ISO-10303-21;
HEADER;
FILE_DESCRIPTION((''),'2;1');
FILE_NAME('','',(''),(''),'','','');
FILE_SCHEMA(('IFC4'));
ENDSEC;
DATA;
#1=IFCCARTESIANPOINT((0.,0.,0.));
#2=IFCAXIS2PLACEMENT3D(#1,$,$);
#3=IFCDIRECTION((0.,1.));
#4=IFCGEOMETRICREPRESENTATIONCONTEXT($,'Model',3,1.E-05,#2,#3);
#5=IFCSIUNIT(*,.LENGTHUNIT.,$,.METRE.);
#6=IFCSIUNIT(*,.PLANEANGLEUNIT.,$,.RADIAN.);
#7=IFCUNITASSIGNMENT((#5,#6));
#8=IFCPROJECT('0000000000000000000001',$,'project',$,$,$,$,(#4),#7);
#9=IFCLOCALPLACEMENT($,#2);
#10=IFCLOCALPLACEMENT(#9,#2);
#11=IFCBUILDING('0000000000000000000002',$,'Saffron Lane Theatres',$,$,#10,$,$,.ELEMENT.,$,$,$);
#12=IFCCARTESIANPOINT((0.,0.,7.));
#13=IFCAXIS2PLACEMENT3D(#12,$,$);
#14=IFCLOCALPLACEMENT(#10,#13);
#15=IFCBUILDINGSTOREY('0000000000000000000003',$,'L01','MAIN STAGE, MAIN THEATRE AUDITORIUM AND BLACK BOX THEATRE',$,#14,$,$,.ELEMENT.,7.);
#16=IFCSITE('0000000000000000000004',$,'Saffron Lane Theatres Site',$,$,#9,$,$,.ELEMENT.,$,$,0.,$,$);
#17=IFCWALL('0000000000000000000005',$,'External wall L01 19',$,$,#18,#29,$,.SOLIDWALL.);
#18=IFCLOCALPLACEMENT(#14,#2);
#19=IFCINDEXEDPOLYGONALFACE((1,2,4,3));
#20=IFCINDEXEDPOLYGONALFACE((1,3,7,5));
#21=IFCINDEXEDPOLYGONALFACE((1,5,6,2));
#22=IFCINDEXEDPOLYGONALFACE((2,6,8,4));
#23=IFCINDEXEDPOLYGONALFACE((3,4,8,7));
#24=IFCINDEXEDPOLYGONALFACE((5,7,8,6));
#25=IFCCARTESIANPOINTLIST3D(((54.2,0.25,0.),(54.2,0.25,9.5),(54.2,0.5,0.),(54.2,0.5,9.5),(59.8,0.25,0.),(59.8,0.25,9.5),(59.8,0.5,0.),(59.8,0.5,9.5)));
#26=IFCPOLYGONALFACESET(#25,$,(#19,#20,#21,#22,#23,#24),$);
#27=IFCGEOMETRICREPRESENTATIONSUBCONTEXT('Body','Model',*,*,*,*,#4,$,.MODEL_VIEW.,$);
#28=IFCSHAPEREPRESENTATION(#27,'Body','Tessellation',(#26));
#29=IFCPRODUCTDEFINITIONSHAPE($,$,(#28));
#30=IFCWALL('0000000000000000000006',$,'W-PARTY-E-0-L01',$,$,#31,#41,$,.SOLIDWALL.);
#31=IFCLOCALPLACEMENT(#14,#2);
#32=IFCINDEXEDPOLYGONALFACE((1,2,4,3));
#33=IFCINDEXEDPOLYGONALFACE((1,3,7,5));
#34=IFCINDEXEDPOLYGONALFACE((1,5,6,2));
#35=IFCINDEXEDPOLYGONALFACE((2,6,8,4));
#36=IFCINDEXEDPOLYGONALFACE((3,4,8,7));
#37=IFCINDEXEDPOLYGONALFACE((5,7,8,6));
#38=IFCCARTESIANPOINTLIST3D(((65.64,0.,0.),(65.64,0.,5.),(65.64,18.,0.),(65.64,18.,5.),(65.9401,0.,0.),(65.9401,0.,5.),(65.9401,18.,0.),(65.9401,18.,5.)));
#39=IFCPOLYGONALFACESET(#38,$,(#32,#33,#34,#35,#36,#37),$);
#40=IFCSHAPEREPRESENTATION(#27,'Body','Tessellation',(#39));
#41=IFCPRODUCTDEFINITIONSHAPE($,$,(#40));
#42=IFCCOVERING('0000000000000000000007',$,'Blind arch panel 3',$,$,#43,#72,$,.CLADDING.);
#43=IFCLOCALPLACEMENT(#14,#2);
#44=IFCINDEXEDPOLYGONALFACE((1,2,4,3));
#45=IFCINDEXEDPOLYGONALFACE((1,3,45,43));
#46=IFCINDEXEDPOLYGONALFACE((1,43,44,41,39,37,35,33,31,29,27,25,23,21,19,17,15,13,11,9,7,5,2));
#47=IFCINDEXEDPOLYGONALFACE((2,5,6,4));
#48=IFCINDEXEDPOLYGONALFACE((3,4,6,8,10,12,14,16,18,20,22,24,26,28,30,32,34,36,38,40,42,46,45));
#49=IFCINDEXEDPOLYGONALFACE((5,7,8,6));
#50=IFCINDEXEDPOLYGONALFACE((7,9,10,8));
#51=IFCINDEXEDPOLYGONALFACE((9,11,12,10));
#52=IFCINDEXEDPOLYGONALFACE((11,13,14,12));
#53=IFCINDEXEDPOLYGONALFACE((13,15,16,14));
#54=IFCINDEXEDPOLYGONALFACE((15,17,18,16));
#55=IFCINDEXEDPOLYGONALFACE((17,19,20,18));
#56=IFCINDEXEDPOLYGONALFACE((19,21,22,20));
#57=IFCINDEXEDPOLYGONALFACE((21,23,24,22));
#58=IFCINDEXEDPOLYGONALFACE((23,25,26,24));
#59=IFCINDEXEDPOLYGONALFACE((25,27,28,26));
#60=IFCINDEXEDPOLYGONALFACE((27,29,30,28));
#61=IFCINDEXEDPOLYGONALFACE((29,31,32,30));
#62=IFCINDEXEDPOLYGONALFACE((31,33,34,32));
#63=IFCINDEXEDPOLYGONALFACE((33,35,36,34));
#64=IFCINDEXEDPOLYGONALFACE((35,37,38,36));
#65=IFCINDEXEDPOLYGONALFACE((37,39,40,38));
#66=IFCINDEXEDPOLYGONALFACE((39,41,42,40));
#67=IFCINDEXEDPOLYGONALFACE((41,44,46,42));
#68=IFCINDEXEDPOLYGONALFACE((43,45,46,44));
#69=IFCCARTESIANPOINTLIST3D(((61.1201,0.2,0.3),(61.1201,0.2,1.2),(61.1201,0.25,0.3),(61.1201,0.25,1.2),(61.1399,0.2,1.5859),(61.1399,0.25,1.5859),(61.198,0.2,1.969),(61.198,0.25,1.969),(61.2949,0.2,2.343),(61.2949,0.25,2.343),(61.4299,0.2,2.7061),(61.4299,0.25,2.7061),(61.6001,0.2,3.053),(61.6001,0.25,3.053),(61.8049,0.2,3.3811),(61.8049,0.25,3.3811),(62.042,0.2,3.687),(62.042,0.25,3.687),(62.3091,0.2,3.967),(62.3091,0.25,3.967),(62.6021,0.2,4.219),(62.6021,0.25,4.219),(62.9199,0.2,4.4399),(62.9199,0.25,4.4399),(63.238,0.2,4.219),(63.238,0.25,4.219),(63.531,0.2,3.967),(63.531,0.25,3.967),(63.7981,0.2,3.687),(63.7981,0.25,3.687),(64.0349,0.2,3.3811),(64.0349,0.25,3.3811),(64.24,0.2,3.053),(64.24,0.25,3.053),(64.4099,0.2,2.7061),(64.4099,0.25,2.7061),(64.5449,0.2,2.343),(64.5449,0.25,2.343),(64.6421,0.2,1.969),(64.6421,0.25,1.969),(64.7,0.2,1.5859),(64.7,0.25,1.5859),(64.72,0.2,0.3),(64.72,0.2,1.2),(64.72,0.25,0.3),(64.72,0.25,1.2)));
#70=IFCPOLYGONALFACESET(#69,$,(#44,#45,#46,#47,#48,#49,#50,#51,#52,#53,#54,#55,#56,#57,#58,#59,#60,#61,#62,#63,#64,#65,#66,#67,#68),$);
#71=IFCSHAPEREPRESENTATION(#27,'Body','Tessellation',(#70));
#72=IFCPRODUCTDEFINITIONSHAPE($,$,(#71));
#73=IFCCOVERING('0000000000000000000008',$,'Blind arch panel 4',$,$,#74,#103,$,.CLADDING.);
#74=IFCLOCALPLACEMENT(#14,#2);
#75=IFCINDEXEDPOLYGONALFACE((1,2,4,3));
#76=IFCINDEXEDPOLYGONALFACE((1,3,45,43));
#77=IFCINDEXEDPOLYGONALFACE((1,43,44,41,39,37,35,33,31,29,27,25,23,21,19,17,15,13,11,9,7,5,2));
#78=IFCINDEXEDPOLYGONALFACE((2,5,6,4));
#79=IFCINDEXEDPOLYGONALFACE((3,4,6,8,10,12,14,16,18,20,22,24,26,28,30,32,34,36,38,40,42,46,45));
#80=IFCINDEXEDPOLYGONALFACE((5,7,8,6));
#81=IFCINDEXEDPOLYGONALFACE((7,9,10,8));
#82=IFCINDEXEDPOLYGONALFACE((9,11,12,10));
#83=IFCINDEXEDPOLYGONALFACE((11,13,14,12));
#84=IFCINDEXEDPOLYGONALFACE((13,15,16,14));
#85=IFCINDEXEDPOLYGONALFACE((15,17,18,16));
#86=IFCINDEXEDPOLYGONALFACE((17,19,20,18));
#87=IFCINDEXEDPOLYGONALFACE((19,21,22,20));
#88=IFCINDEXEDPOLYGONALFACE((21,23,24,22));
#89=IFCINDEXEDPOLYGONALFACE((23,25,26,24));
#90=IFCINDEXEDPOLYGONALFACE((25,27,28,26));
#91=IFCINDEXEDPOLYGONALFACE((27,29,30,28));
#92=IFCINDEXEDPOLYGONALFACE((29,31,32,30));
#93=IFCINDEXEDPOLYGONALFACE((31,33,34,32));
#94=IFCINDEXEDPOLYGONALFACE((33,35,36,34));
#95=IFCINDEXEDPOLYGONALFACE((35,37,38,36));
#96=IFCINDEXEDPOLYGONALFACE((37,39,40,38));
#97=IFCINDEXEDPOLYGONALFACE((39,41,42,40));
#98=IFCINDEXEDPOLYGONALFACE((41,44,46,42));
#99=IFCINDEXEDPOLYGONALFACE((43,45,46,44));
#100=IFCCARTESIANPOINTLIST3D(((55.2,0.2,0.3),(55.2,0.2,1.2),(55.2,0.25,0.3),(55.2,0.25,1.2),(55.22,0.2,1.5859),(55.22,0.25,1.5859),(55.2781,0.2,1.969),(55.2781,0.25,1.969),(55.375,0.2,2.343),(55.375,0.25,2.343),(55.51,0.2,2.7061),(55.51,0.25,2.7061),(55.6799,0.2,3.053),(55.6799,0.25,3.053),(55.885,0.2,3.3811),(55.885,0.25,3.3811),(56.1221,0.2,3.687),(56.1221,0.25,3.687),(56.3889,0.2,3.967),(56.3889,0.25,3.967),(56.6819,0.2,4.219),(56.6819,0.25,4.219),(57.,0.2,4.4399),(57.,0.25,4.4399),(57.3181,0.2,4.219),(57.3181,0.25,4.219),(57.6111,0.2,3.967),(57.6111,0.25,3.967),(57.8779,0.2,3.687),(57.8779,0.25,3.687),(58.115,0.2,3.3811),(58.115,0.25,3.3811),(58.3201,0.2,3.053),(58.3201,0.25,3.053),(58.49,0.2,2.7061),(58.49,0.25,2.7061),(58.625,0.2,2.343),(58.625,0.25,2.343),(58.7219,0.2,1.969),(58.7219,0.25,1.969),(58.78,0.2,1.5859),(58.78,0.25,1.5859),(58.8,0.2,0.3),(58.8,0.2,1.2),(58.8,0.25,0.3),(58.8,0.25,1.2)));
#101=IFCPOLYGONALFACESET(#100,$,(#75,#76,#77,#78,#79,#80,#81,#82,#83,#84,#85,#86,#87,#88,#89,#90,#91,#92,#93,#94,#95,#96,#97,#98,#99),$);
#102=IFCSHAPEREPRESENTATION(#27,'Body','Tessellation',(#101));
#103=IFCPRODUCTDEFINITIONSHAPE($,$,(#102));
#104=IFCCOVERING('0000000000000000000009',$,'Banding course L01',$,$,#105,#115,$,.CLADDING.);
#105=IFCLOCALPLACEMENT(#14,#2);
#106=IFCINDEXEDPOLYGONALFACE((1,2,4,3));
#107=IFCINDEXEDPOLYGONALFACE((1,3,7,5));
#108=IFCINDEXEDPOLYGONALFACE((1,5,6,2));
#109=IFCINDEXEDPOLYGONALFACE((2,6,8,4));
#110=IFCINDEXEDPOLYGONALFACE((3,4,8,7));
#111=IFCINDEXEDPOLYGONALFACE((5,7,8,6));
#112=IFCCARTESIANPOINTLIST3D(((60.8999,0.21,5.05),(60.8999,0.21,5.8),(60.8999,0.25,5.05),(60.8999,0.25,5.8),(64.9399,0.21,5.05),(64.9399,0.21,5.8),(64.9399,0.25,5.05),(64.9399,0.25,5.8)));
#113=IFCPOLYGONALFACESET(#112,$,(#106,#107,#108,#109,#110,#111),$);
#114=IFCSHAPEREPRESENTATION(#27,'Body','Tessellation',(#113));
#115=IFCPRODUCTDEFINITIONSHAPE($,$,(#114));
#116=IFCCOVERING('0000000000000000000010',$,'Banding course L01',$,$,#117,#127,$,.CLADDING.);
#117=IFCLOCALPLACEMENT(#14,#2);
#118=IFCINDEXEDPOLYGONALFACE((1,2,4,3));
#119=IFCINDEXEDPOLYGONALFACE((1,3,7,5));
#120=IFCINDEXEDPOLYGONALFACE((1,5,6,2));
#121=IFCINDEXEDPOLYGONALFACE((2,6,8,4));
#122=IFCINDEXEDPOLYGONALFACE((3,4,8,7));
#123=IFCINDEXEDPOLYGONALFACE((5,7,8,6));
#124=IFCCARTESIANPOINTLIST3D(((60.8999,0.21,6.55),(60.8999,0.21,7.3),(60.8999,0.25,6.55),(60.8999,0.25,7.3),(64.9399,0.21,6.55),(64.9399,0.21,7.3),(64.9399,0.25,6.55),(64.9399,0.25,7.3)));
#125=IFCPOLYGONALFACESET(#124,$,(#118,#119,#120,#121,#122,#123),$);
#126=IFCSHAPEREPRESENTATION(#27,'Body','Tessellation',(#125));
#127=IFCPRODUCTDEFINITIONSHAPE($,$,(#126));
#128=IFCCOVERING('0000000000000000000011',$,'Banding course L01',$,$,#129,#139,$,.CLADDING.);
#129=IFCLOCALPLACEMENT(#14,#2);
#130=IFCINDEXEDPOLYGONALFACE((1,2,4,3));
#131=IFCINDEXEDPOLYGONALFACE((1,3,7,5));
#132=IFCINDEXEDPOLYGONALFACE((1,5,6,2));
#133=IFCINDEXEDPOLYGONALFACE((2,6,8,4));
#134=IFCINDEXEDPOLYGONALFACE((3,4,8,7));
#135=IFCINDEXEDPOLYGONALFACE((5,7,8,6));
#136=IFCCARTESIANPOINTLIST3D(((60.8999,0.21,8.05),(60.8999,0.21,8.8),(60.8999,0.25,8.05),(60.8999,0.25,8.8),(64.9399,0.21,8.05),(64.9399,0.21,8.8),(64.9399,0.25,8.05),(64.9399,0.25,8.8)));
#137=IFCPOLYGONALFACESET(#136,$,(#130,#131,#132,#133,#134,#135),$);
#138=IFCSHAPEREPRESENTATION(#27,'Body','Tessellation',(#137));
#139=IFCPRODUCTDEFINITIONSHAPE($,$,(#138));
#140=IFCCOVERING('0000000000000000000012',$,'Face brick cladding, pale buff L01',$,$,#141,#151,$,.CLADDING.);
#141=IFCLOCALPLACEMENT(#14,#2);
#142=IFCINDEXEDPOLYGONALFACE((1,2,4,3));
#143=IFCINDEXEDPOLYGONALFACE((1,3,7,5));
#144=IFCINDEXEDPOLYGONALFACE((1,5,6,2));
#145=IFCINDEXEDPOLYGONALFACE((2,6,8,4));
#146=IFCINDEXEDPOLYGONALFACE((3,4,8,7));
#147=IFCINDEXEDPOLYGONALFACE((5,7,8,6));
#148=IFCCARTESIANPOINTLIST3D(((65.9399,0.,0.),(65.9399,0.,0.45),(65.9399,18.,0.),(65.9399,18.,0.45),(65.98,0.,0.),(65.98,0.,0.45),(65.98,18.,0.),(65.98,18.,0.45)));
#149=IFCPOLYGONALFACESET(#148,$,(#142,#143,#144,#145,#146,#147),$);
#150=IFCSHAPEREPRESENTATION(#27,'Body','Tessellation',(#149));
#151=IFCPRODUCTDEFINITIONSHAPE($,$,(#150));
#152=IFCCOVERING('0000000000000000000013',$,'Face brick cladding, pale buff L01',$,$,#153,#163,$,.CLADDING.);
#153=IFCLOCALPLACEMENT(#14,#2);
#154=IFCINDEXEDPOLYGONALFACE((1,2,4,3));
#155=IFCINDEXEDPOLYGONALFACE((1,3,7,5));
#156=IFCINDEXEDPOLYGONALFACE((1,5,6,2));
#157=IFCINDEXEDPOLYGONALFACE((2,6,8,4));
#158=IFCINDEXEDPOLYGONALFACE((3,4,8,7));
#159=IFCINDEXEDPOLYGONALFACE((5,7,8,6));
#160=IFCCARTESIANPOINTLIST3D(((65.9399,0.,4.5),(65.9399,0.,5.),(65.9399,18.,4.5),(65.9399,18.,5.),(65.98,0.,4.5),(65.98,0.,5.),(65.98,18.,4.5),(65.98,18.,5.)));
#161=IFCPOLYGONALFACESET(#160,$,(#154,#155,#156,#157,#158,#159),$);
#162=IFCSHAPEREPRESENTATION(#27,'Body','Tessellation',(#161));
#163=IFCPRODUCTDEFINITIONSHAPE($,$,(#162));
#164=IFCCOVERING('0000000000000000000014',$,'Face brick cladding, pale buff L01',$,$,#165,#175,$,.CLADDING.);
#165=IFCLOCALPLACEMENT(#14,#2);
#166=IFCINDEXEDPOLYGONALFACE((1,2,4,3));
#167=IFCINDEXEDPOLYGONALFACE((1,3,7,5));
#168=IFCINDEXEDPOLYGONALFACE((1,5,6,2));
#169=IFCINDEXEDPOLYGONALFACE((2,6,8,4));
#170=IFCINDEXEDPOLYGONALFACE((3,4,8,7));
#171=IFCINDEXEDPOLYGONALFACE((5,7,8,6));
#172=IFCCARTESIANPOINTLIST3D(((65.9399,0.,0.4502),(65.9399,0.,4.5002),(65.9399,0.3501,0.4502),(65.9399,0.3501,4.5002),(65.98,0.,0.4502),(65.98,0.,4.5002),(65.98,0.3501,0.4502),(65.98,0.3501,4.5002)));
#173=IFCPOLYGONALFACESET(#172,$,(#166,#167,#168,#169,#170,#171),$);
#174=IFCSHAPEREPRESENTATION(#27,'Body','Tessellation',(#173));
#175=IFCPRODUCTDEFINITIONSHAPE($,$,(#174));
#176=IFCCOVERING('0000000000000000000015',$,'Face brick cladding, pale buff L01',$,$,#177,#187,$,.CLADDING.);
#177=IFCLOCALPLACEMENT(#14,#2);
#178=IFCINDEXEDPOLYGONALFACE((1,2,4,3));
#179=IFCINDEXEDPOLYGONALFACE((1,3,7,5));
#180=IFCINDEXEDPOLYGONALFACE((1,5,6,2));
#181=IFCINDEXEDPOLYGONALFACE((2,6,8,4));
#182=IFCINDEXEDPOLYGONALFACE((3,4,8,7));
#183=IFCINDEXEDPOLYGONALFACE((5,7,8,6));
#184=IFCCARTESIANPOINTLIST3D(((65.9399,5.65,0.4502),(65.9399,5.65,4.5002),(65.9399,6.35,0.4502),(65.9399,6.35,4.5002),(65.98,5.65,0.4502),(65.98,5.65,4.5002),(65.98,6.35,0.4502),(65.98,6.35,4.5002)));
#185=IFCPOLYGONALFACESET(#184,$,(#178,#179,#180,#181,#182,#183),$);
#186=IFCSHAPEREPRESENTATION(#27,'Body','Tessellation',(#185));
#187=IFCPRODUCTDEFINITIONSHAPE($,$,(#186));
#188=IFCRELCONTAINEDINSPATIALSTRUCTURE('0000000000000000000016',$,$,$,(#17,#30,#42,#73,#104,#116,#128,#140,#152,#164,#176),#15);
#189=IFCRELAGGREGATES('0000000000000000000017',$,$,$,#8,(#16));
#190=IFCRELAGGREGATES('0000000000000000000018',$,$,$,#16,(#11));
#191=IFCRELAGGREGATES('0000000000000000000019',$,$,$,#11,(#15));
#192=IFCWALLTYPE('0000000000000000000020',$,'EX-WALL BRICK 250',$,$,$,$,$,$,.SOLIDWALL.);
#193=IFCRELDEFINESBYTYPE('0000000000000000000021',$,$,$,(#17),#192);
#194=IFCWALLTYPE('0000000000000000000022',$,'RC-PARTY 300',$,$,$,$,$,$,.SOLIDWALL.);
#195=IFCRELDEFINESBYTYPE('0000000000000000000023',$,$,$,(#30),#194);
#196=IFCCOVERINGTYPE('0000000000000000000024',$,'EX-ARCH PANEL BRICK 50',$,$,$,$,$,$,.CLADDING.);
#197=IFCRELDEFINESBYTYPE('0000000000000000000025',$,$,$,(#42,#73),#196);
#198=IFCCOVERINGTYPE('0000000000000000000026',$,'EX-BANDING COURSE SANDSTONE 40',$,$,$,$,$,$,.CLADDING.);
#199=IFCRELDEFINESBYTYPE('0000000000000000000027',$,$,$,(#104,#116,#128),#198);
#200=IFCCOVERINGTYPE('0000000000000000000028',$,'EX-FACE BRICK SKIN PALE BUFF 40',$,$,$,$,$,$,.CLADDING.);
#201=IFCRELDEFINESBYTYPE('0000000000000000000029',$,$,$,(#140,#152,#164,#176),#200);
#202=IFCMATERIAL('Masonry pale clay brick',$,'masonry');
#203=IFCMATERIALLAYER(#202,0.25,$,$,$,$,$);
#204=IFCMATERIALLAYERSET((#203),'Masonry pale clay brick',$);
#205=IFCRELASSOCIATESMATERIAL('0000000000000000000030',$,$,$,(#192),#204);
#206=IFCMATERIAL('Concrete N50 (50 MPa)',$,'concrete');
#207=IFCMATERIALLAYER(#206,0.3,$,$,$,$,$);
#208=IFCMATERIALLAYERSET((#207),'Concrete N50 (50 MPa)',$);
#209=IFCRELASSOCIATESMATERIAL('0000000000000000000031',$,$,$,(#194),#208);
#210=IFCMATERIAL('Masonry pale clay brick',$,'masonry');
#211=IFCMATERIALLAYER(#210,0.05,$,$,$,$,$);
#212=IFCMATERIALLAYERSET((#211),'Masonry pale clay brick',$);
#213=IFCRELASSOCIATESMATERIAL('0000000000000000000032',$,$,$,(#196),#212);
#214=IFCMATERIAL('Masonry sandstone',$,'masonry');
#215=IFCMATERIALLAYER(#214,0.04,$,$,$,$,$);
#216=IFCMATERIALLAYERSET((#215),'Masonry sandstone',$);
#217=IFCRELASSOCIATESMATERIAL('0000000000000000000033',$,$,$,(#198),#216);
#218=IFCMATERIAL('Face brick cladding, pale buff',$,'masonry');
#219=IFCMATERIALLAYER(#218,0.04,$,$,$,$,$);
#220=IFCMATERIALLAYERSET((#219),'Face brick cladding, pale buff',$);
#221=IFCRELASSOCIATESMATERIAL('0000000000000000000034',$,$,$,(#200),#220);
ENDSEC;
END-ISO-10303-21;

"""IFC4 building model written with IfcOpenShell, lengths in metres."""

from ifc_helpers import new_model, si_unit, direction, frame, frame_2d, origin, origin_2d, place, context, subcontext, project, spatial, polyline, rectangle, outline, extrude, material, layer, layer_set, type_object, element, save


model = new_model("IFC4")

# Units and contexts
model_context = context("Model", 3, precision=1e-05, world=origin(), true_north=direction((0.0, 1.0)))
body_context = subcontext(model_context, "Body", "Model", "MODEL_VIEW")
ifc_project = project(units=[si_unit("LENGTHUNIT", "METRE"), si_unit("PLANEANGLEUNIT", "RADIAN")], contexts=[model_context])

# Site, building, storey
site_placement = place(None, origin())
site = spatial("IfcSite", under=ifc_project, at=site_placement, Name="Saffron Lane Theatres Site", CompositionType="ELEMENT", RefElevation=0.0)
building_placement = place(site_placement, origin())
building = spatial("IfcBuilding", under=site, at=building_placement, Name="Saffron Lane Theatres", CompositionType="ELEMENT")
storey_placement = place(building_placement, frame((0.0, 0.0, 7.0)))
storey = spatial("IfcBuildingStorey", under=building, at=storey_placement, Name="L01", Description="MAIN STAGE, MAIN THEATRE AUDITORIUM AND BLACK BOX THEATRE", CompositionType="ELEMENT", Elevation=7.0)

# Walls
ifc_material_1 = material(Name="Masonry pale clay brick", Category="masonry")
ifc_layer_1 = layer(ifc_material_1, 0.25)
ifc_layer_set_1 = layer_set([ifc_layer_1], Name="Masonry pale clay brick")
wall_type_1 = type_object("IfcWallType", Name="EX-WALL BRICK 250", PredefinedType="SOLIDWALL", material=ifc_layer_set_1)
wall_1_placement = place(storey_placement, frame((59.8, 0.375, 0.0), z_axis=(0.0, 0.0, 1.0), x_axis=(-1.0, 0.0, 0.0)))
element("IfcWall", 1, at=wall_1_placement, inside=storey, type_object=wall_type_1, Name="External wall L01 19", PredefinedType="SOLIDWALL", context=body_context, shape_type="SweptSolid", body=[
    extrude(rectangle(XDim=5.6001, YDim=0.25, at=frame_2d((2.8, 0.0))), origin(), (0.0, 0.0, 1.0), 9.5),
])
ifc_material_2 = material(Name="Concrete N50 (50 MPa)", Category="concrete")
ifc_layer_2 = layer(ifc_material_2, 0.3)
ifc_layer_set_2 = layer_set([ifc_layer_2], Name="Concrete N50 (50 MPa)")
wall_type_2 = type_object("IfcWallType", Name="RC-PARTY 300", PredefinedType="SOLIDWALL", material=ifc_layer_set_2)
wall_2_placement = place(storey_placement, frame((65.79, 0.0, 0.0), z_axis=(0.0, 0.0, 1.0), x_axis=(0.0, 1.0, 0.0)))
element("IfcWall", 2, at=wall_2_placement, inside=storey, type_object=wall_type_2, Name="W-PARTY-E-0-L01", PredefinedType="SOLIDWALL", context=body_context, shape_type="SweptSolid", body=[
    extrude(rectangle(XDim=18.0, YDim=0.3, at=frame_2d((9.0, 0.0))), origin(), (0.0, 0.0, 1.0), 5.0),
])

# Coverings
ifc_material_3 = material(Name="Masonry pale clay brick", Category="masonry")
ifc_layer_3 = layer(ifc_material_3, 0.05)
ifc_layer_set_3 = layer_set([ifc_layer_3], Name="Masonry pale clay brick")
covering_type_1 = type_object("IfcCoveringType", Name="EX-ARCH PANEL BRICK 50", PredefinedType="CLADDING", material=ifc_layer_set_3)
covering_1_placement = place(storey_placement, frame((64.72, 0.25, 1.2), z_axis=(0.0, 1.0, 0.0), x_axis=(0.0, 0.0, -1.0)))
element("IfcCovering", 3, at=covering_1_placement, inside=storey, type_object=covering_type_1, Name="Blind arch panel 3", PredefinedType="CLADDING", context=body_context, shape_type="SweptSolid", body=[
    extrude(outline(polyline([(0.0, 0.0), (0.8999, 0.0), (0.8999, 3.5999), (0.0, 3.5999), (-0.386, 3.5801), (-0.769, 3.522), (-1.1431, 3.425), (-1.5061, 3.29), (-1.853, 3.1199), (-2.1812, 2.915), (-2.4871, 2.678), (-2.7671, 2.4109), (-3.019, 2.1179), (-3.24, 1.8), (-3.019, 1.4819), (-2.7671, 1.189), (-2.4871, 0.9219), (-2.1812, 0.6851), (-1.853, 0.48), (-1.5061, 0.3101), (-1.1431, 0.175), (-0.769, 0.0779), (-0.386, 0.02), (0.0, 0.0)])), origin(), (0.0, 0.0, -1.0), 0.05),
])
covering_2_placement = place(storey_placement, frame((58.8, 0.25, 1.2), z_axis=(0.0, 1.0, 0.0), x_axis=(0.0, 0.0, -1.0)))
element("IfcCovering", 4, at=covering_2_placement, inside=storey, type_object=covering_type_1, Name="Blind arch panel 4", PredefinedType="CLADDING", context=body_context, shape_type="SweptSolid", body=[
    extrude(outline(polyline([(0.0, 0.0), (0.8999, 0.0), (0.8999, 3.6001), (0.0, 3.6001), (-0.386, 3.5801), (-0.769, 3.522), (-1.1431, 3.425), (-1.5061, 3.29), (-1.853, 3.1201), (-2.1812, 2.915), (-2.4871, 2.678), (-2.7671, 2.4111), (-3.019, 2.1182), (-3.24, 1.8), (-3.019, 1.4819), (-2.7671, 1.189), (-2.4871, 0.9221), (-2.1812, 0.6851), (-1.853, 0.48), (-1.5061, 0.3101), (-1.1431, 0.175), (-0.769, 0.0781), (-0.386, 0.02), (0.0, 0.0)])), origin(), (0.0, 0.0, -1.0), 0.05),
])
ifc_material_4 = material(Name="Masonry sandstone", Category="masonry")
ifc_layer_4 = layer(ifc_material_4, 0.04)
ifc_layer_set_4 = layer_set([ifc_layer_4], Name="Masonry sandstone")
covering_type_2 = type_object("IfcCoveringType", Name="EX-BANDING COURSE SANDSTONE 40", PredefinedType="CLADDING", material=ifc_layer_set_4)
for number, where, z_axis, x_axis, name in (
    (5, (62.9199, 0.23, 5.05), (0.0, 0.0, 1.0), (-1.0, 0.0, 0.0), "Banding course L01"),
    (6, (62.9199, 0.23, 6.55), (0.0, 0.0, 1.0), (-1.0, 0.0, 0.0), "Banding course L01"),
    (7, (62.9199, 0.23, 8.05), (0.0, 0.0, 1.0), (-1.0, 0.0, 0.0), "Banding course L01"),
):
    element("IfcCovering", number, at=place(storey_placement, frame(where, z_axis=z_axis, x_axis=x_axis)), inside=storey, type_object=covering_type_2, Name=name, PredefinedType="CLADDING", context=body_context, shape_type="SweptSolid", body=[
        extrude(rectangle(XDim=4.04, YDim=0.04, at=origin_2d()), origin(), (0.0, 0.0, 1.0), 0.75),
    ])
ifc_material_5 = material(Name="Face brick cladding, pale buff", Category="masonry")
ifc_layer_5 = layer(ifc_material_5, 0.04)
ifc_layer_set_5 = layer_set([ifc_layer_5], Name="Face brick cladding, pale buff")
covering_type_3 = type_object("IfcCoveringType", Name="EX-FACE BRICK SKIN PALE BUFF 40", PredefinedType="CLADDING", material=ifc_layer_set_5)
covering_3_placement = place(storey_placement, frame((65.96, 9.0, 0.0), z_axis=(0.0, 0.0, 1.0), x_axis=(0.0, 1.0, 0.0)))
element("IfcCovering", 8, at=covering_3_placement, inside=storey, type_object=covering_type_3, Name="Face brick cladding, pale buff L01", PredefinedType="CLADDING", context=body_context, shape_type="SweptSolid", body=[
    extrude(rectangle(XDim=18.0, YDim=0.04, at=origin_2d()), origin(), (0.0, 0.0, 1.0), 0.45),
])
covering_4_placement = place(storey_placement, frame((65.96, 9.0, 4.5), z_axis=(0.0, 0.0, 1.0), x_axis=(0.0, 1.0, 0.0)))
element("IfcCovering", 9, at=covering_4_placement, inside=storey, type_object=covering_type_3, Name="Face brick cladding, pale buff L01", PredefinedType="CLADDING", context=body_context, shape_type="SweptSolid", body=[
    extrude(rectangle(XDim=18.0, YDim=0.04, at=origin_2d()), origin(), (0.0, 0.0, 1.0), 0.5),
])
covering_5_placement = place(storey_placement, frame((65.96, 0.175, 0.4502), z_axis=(0.0, 0.0, 1.0), x_axis=(0.0, 1.0, 0.0)))
element("IfcCovering", 10, at=covering_5_placement, inside=storey, type_object=covering_type_3, Name="Face brick cladding, pale buff L01", PredefinedType="CLADDING", context=body_context, shape_type="SweptSolid", body=[
    extrude(rectangle(XDim=0.3501, YDim=0.04, at=origin_2d()), origin(), (0.0, 0.0, 1.0), 4.05),
])
for number, where, z_axis, x_axis, name in (
    (11, (65.96, 6.0, 0.4502), (0.0, 0.0, 1.0), (0.0, 1.0, 0.0), "Face brick cladding, pale buff L01"),
):
    element("IfcCovering", number, at=place(storey_placement, frame(where, z_axis=z_axis, x_axis=x_axis)), inside=storey, type_object=covering_type_3, Name=name, PredefinedType="CLADDING", context=body_context, shape_type="SweptSolid", body=[
        extrude(rectangle(XDim=0.7, YDim=0.04, at=origin_2d()), origin(), (0.0, 0.0, 1.0), 4.05),
    ])

save(model, "model.ifc")
